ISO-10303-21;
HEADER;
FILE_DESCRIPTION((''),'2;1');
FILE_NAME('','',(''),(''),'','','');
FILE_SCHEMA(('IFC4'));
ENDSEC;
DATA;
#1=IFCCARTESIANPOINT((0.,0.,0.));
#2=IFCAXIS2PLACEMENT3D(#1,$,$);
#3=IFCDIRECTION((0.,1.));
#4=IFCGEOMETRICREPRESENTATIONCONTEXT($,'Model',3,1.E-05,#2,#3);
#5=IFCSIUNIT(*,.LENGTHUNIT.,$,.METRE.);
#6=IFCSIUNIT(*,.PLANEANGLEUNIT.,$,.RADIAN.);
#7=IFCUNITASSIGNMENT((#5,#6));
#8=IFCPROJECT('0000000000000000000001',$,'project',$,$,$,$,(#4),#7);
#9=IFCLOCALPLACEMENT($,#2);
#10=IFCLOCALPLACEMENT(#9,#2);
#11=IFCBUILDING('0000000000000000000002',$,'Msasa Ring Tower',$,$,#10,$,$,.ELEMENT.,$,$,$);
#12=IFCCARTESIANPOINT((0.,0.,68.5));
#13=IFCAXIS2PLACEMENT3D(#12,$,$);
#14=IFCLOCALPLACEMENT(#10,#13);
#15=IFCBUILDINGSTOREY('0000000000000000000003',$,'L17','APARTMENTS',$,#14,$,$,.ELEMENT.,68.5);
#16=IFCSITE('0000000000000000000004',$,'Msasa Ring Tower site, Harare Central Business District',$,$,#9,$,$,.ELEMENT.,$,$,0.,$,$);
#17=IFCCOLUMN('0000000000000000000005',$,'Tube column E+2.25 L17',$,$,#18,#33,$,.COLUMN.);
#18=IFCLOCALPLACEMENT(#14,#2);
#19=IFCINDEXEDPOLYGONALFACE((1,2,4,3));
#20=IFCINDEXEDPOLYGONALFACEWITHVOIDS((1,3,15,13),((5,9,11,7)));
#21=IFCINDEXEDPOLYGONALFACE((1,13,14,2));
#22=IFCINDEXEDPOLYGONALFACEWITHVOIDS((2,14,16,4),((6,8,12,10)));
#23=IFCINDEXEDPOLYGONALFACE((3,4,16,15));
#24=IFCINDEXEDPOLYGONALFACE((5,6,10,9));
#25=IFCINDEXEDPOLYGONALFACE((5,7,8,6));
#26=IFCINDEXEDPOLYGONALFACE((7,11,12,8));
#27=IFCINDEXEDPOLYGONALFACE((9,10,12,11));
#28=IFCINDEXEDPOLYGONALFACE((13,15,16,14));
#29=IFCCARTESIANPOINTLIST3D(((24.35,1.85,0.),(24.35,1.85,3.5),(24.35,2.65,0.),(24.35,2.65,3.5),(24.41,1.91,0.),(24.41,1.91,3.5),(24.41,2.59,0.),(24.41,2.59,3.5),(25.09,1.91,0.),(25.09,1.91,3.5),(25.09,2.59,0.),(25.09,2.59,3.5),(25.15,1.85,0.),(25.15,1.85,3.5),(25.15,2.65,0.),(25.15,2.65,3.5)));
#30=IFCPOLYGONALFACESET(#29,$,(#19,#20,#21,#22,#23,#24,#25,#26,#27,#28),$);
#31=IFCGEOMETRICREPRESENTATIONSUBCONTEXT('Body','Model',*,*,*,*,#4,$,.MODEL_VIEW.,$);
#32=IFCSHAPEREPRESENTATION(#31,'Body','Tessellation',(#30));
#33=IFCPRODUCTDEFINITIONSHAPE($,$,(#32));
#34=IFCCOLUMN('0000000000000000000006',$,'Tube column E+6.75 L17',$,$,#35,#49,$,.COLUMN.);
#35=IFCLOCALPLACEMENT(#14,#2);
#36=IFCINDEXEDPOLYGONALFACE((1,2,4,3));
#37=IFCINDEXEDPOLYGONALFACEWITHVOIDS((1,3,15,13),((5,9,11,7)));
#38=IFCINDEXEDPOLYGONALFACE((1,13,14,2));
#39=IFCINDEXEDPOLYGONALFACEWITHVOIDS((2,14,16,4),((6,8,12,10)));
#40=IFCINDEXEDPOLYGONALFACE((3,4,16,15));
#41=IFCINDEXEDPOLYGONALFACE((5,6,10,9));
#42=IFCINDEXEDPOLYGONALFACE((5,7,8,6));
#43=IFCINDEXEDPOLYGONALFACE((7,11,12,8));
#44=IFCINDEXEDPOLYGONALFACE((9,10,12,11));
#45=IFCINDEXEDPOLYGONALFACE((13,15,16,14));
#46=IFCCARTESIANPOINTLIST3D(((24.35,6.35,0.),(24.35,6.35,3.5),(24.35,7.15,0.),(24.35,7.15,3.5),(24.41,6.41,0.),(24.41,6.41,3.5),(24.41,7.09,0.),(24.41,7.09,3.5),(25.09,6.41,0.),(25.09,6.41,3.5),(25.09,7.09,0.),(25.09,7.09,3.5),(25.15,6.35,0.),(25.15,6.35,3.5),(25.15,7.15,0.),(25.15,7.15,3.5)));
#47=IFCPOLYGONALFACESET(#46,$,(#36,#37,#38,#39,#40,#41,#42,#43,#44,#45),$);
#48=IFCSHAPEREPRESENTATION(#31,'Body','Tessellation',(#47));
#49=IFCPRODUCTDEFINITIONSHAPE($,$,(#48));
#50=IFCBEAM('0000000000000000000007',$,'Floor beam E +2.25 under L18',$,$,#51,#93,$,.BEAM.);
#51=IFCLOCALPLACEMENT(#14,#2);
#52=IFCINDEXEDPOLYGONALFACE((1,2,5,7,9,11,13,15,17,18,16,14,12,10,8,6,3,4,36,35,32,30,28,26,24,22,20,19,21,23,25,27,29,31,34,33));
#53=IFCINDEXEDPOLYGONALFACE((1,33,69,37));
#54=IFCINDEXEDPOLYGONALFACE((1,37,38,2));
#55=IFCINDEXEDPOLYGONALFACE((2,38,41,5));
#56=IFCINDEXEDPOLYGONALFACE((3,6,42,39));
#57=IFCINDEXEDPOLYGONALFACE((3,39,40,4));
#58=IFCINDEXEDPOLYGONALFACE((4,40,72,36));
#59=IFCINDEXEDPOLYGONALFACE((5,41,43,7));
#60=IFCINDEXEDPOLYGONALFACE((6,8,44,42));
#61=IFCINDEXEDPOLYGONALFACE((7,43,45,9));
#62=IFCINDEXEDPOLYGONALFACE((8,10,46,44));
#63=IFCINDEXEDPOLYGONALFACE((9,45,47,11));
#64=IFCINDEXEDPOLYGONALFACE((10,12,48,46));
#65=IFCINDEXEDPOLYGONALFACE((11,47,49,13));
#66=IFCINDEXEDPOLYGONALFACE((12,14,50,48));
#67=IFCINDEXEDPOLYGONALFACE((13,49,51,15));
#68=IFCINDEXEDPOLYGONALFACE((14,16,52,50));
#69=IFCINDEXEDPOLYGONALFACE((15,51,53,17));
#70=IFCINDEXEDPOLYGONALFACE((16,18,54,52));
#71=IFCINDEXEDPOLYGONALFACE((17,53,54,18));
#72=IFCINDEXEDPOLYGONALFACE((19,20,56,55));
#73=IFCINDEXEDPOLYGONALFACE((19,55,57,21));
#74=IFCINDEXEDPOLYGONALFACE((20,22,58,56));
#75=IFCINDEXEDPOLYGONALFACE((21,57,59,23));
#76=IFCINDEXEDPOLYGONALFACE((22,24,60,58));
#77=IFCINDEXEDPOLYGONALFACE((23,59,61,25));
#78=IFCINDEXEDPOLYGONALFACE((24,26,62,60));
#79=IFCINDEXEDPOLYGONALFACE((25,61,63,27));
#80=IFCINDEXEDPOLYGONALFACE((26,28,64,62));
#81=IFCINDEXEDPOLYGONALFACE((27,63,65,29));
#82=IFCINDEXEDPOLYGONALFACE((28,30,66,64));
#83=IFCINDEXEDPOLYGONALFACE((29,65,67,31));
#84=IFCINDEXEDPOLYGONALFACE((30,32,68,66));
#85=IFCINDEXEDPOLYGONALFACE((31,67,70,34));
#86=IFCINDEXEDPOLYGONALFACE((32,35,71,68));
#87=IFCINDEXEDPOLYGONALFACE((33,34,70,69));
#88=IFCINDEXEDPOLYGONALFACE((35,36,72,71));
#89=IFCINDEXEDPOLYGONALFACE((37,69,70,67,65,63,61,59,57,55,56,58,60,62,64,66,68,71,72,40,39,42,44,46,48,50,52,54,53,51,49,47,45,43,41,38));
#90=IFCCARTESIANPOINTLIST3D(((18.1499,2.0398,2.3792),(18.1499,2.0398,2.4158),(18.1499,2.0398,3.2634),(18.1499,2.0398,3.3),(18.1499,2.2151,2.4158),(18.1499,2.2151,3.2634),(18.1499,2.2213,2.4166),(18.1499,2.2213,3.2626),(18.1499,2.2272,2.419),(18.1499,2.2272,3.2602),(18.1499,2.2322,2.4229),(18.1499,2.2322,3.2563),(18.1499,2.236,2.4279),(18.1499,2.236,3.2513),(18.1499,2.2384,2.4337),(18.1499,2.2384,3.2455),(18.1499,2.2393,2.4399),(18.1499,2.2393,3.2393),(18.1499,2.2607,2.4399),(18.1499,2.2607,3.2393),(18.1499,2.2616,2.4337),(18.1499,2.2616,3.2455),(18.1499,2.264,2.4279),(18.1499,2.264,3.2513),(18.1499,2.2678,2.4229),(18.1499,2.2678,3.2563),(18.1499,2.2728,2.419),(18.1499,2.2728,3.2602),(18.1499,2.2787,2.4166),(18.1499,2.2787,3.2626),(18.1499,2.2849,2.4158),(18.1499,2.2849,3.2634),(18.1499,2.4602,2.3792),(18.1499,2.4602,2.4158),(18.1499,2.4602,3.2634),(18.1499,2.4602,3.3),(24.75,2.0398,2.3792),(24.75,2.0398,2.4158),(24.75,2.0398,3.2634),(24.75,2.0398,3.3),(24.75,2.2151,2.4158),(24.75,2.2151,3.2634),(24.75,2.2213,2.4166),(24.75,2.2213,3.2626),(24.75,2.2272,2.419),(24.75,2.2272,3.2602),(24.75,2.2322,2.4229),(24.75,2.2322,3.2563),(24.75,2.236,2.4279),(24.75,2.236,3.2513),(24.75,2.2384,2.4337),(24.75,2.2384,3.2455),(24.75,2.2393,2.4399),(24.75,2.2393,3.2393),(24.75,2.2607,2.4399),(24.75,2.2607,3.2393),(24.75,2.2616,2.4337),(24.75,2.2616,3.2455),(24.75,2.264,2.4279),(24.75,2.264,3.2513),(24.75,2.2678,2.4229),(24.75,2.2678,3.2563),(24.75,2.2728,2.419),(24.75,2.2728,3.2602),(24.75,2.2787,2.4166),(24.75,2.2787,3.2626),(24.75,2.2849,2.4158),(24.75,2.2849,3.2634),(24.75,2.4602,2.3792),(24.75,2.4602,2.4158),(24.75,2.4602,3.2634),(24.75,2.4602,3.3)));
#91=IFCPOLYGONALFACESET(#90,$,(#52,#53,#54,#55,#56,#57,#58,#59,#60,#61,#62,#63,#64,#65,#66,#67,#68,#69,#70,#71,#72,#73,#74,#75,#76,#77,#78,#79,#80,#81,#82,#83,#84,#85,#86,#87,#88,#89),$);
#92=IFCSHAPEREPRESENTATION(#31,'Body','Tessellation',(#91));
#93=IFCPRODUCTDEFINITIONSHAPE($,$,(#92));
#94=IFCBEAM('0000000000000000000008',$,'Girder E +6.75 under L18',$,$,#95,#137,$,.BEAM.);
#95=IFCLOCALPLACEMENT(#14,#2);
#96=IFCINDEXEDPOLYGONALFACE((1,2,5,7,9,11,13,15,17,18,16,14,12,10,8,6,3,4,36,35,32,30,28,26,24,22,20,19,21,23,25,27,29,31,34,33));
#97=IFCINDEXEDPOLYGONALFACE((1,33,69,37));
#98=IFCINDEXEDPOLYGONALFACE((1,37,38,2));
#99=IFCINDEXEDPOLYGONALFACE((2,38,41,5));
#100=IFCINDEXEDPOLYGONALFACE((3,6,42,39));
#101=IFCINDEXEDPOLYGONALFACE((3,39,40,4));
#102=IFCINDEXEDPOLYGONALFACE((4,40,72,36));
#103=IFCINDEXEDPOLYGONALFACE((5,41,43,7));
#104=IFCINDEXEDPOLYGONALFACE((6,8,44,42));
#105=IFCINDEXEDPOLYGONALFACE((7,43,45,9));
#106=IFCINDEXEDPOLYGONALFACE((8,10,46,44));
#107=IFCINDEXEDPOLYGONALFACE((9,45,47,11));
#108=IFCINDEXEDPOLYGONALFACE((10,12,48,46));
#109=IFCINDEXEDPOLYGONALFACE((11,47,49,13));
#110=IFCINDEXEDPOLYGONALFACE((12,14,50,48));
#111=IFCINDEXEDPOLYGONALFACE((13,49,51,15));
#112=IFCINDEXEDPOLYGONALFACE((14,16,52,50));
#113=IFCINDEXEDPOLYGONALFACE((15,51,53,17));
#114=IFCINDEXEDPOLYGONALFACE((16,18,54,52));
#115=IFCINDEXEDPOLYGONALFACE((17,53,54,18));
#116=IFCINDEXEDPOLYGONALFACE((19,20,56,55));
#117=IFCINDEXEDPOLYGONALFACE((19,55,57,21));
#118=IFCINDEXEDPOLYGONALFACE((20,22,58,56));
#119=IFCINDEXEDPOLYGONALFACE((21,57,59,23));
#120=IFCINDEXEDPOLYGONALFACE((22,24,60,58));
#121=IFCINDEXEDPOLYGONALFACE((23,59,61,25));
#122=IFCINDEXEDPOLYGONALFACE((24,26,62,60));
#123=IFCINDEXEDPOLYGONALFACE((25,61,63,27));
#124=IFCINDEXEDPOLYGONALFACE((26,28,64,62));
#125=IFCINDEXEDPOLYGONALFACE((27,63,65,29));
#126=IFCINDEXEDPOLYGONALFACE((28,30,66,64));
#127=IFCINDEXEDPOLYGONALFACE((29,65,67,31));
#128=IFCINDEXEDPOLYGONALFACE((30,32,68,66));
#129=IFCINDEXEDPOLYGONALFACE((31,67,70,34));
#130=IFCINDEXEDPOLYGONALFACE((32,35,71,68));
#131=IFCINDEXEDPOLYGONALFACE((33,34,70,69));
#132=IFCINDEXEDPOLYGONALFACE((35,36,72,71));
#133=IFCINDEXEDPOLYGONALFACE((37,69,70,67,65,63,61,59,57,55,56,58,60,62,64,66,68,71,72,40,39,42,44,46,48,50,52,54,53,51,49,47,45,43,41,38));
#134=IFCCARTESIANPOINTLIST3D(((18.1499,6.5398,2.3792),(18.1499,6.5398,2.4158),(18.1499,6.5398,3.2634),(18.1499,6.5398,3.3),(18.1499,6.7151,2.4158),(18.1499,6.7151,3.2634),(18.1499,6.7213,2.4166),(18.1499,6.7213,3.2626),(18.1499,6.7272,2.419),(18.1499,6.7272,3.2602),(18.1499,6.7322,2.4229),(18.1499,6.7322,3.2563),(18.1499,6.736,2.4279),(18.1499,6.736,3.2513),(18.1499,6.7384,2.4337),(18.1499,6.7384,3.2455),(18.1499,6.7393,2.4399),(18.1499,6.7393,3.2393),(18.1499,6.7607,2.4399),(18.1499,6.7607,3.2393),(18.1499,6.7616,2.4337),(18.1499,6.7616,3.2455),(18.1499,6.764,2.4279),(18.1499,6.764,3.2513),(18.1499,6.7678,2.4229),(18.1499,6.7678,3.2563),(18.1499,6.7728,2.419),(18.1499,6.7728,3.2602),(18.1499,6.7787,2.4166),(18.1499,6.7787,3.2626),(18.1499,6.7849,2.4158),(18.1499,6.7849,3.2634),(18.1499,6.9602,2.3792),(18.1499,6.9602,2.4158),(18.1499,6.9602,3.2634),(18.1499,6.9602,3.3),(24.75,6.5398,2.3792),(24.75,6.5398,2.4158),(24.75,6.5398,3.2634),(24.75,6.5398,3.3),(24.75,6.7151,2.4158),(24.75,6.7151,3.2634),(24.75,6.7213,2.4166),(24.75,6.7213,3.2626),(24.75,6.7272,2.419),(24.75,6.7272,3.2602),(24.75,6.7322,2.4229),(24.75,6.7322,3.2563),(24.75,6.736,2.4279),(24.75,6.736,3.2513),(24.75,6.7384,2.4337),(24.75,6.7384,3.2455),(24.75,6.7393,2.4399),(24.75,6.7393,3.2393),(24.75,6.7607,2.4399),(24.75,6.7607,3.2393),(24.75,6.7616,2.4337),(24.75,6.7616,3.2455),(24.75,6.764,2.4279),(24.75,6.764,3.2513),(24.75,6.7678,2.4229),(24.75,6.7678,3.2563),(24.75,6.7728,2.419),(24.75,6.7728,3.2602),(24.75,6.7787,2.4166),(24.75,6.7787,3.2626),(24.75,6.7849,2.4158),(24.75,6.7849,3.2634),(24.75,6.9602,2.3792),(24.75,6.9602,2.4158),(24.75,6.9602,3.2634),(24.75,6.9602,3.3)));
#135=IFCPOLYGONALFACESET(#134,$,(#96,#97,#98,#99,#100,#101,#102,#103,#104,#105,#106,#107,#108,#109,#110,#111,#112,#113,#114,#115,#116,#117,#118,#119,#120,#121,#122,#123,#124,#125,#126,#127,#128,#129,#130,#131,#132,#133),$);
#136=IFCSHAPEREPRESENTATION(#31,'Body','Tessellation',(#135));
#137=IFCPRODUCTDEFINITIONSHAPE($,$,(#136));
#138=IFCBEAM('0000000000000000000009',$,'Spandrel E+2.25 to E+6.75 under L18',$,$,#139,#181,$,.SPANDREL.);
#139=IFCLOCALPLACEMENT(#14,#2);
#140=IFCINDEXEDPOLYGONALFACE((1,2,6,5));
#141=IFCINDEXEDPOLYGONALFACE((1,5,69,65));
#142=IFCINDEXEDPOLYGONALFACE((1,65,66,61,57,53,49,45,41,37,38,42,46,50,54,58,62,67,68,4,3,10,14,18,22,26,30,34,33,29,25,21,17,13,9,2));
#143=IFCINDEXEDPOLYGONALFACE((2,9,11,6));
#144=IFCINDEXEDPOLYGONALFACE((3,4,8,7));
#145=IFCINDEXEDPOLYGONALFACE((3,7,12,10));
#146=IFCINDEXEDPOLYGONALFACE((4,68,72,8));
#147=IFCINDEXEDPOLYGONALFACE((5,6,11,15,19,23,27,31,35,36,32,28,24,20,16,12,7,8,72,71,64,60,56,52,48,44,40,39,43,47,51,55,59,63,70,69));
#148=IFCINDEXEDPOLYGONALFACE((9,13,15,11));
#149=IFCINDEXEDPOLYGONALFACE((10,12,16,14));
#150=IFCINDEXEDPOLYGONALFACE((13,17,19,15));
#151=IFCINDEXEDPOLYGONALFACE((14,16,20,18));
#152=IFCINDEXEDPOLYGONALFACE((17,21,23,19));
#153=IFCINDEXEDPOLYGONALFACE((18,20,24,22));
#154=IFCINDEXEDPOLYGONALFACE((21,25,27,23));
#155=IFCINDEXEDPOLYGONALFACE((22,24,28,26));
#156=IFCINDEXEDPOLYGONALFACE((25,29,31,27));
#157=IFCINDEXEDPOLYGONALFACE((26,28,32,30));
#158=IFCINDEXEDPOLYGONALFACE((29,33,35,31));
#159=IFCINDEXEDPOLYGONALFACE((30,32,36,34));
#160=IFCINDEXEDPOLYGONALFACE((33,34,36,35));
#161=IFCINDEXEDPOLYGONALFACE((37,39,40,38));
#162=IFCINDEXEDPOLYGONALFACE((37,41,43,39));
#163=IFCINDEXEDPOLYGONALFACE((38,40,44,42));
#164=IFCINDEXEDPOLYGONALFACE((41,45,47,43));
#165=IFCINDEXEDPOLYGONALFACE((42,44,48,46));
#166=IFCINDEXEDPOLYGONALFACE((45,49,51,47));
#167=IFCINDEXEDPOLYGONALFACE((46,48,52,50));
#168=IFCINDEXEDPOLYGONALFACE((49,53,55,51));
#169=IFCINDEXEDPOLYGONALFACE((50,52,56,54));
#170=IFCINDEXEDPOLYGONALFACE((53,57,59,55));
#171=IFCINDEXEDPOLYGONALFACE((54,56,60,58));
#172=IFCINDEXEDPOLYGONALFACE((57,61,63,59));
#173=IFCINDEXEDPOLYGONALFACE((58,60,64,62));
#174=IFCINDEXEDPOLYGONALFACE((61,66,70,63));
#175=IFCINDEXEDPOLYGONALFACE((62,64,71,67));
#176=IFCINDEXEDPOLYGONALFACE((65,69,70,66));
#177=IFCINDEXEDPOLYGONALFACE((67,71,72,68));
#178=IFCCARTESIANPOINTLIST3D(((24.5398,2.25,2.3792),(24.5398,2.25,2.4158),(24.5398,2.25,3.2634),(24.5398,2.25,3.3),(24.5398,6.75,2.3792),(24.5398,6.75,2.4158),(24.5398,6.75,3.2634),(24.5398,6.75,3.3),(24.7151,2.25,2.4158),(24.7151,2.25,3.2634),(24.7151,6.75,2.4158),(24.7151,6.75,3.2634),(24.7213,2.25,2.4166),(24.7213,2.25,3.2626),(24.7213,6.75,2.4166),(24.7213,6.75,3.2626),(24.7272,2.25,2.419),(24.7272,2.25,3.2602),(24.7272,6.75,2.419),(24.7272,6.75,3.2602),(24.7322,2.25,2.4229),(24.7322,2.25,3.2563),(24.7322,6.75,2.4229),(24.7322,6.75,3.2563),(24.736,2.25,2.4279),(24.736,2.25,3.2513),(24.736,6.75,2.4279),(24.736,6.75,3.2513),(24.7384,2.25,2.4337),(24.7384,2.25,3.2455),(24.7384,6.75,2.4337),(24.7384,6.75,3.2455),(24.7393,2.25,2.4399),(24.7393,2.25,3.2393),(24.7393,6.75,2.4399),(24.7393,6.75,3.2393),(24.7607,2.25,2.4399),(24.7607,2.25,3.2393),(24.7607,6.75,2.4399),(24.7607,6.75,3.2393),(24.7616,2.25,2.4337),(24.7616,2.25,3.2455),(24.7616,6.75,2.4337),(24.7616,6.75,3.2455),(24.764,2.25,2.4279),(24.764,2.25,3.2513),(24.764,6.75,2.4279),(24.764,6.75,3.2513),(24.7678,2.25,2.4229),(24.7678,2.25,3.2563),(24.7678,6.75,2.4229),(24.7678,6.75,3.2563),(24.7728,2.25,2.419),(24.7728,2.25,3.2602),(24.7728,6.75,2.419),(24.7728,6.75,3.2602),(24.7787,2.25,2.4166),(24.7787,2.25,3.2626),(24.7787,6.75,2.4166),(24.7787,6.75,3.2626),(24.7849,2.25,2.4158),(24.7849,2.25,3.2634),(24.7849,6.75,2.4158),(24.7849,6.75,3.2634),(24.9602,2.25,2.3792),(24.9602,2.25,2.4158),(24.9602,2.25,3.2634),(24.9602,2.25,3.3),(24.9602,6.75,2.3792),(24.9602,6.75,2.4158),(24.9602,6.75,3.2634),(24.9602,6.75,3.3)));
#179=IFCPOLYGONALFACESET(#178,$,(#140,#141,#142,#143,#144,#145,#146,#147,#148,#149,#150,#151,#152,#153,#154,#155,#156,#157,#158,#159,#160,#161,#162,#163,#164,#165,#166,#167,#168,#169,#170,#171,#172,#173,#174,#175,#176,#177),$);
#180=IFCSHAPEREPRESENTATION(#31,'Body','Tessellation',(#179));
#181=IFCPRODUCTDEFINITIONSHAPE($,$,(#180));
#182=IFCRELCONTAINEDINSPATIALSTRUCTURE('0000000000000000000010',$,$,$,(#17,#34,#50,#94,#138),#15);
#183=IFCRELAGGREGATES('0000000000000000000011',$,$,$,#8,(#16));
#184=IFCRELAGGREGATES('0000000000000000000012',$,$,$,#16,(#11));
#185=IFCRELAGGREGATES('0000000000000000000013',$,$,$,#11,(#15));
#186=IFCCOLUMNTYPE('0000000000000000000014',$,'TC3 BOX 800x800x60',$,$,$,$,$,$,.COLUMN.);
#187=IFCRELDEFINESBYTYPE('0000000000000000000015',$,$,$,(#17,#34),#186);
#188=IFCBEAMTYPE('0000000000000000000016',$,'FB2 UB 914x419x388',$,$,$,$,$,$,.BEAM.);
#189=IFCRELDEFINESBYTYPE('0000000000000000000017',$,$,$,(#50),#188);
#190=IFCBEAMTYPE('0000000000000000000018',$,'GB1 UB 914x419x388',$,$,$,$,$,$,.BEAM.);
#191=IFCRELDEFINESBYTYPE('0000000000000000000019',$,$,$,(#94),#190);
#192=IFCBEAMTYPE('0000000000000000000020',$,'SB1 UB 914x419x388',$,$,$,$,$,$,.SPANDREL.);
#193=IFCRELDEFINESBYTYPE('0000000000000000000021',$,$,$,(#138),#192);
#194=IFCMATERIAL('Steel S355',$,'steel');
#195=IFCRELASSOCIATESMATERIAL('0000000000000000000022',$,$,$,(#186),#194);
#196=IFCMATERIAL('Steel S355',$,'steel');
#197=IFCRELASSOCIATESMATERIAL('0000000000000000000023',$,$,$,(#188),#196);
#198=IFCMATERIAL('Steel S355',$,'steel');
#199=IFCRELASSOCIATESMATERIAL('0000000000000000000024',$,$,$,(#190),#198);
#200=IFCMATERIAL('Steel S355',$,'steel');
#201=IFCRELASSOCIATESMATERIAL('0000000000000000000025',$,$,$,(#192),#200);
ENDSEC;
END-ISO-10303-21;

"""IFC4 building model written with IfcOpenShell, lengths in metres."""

from ifc_helpers import new_model, si_unit, direction, frame, origin, origin_2d, place, context, subcontext, project, spatial, hollow_rectangle, i_section, extrude, material, material_profile, profile_set, type_object, element, save


model = new_model("IFC4")

# Units and contexts
model_context = context("Model", 3, precision=1e-05, world=origin(), true_north=direction((0.0, 1.0)))
body_context = subcontext(model_context, "Body", "Model", "MODEL_VIEW")
ifc_project = project(units=[si_unit("LENGTHUNIT", "METRE"), si_unit("PLANEANGLEUNIT", "RADIAN")], contexts=[model_context])

# Site, building, storey
site_placement = place(None, origin())
site = spatial("IfcSite", under=ifc_project, at=site_placement, Name="Msasa Ring Tower site, Harare Central Business District", CompositionType="ELEMENT", RefElevation=0.0)
building_placement = place(site_placement, origin())
building = spatial("IfcBuilding", under=site, at=building_placement, Name="Msasa Ring Tower", CompositionType="ELEMENT")
storey_placement = place(building_placement, frame((0.0, 0.0, 68.5)))
storey = spatial("IfcBuildingStorey", under=building, at=storey_placement, Name="L17", Description="APARTMENTS", CompositionType="ELEMENT", Elevation=68.5)

# Columns
ifc_material_1 = material(Name="Steel S355", Category="steel")
ifc_material_profile_1 = material_profile(ifc_material_1, hollow_rectangle(XDim=0.8, YDim=0.8, WallThickness=0.0601, at=origin_2d()), Name="BOX 800x800x60")
ifc_profile_set_1 = profile_set([ifc_material_profile_1], Name="Steel S355")
column_type = type_object("IfcColumnType", Name="TC3 BOX 800x800x60", PredefinedType="COLUMN", material=ifc_profile_set_1)
for number, where, z_axis, x_axis, name in (
    (1, (24.75, 2.25, 0.0), (0.0, 0.0, 1.0), (1.0, 0.0, 0.0), "Tube column E+2.25 L17"),
    (2, (24.75, 6.75, 0.0), (0.0, 0.0, 1.0), (1.0, 0.0, 0.0), "Tube column E+6.75 L17"),
):
    element("IfcColumn", number, at=place(storey_placement, frame(where, z_axis=z_axis, x_axis=x_axis)), inside=storey, type_object=column_type, Name=name, PredefinedType="COLUMN", context=body_context, shape_type="SweptSolid", body=[
        extrude(hollow_rectangle(XDim=0.8, YDim=0.8, WallThickness=0.0601, at=origin_2d()), origin(), (0.0, 0.0, 1.0), 3.5),
    ])

# Beams
ifc_material_2 = material(Name="Steel S355", Category="steel")
ifc_material_profile_2 = material_profile(ifc_material_2, i_section(OverallWidth=0.4204, OverallDepth=0.9209, WebThickness=0.0215, FlangeThickness=0.0366, FilletRadius=0.0242, at=origin_2d()), Name="UB 914x419x388")
ifc_profile_set_2 = profile_set([ifc_material_profile_2], Name="Steel S355")
beam_type_1 = type_object("IfcBeamType", Name="FB2 UB 914x419x388", PredefinedType="BEAM", material=ifc_profile_set_2)
beam_1_placement = place(storey_placement, frame((24.75, 2.25, 2.8396), z_axis=(-1.0, 0.0, 0.0), x_axis=(0.0, -1.0, 0.0)))
element("IfcBeam", 3, at=beam_1_placement, inside=storey, type_object=beam_type_1, Name="Floor beam E +2.25 under L18", PredefinedType="BEAM", context=body_context, shape_type="SweptSolid", body=[
    extrude(i_section(OverallWidth=0.4204, OverallDepth=0.9209, WebThickness=0.0215, FlangeThickness=0.0366, FilletRadius=0.0242, at=origin_2d()), origin(), (0.0, 0.0, 1.0), 6.6001),
])
ifc_material_3 = material(Name="Steel S355", Category="steel")
ifc_material_profile_3 = material_profile(ifc_material_3, i_section(OverallWidth=0.4204, OverallDepth=0.9209, WebThickness=0.0215, FlangeThickness=0.0366, FilletRadius=0.0242, at=origin_2d()), Name="UB 914x419x388")
ifc_profile_set_3 = profile_set([ifc_material_profile_3], Name="Steel S355")
beam_type_2 = type_object("IfcBeamType", Name="GB1 UB 914x419x388", PredefinedType="BEAM", material=ifc_profile_set_3)
beam_2_placement = place(storey_placement, frame((18.1499, 6.75, 2.8396), z_axis=(1.0, 0.0, 0.0), x_axis=(0.0, 1.0, 0.0)))
element("IfcBeam", 4, at=beam_2_placement, inside=storey, type_object=beam_type_2, Name="Girder E +6.75 under L18", PredefinedType="BEAM", context=body_context, shape_type="SweptSolid", body=[
    extrude(i_section(OverallWidth=0.4204, OverallDepth=0.9209, WebThickness=0.0215, FlangeThickness=0.0366, FilletRadius=0.0242, at=origin_2d()), origin(), (0.0, 0.0, 1.0), 6.6001),
])
ifc_material_4 = material(Name="Steel S355", Category="steel")
ifc_material_profile_4 = material_profile(ifc_material_4, i_section(OverallWidth=0.4204, OverallDepth=0.9209, WebThickness=0.0215, FlangeThickness=0.0366, FilletRadius=0.0242, at=origin_2d()), Name="UB 914x419x388")
ifc_profile_set_4 = profile_set([ifc_material_profile_4], Name="Steel S355")
beam_type_3 = type_object("IfcBeamType", Name="SB1 UB 914x419x388", PredefinedType="SPANDREL", material=ifc_profile_set_4)
for number, where, z_axis, x_axis, name in (
    (5, (24.75, 2.25, 2.8396), (0.0, 1.0, 0.0), (-1.0, 0.0, 0.0), "Spandrel E+2.25 to E+6.75 under L18"),
):
    element("IfcBeam", number, at=place(storey_placement, frame(where, z_axis=z_axis, x_axis=x_axis)), inside=storey, type_object=beam_type_3, Name=name, PredefinedType="SPANDREL", context=body_context, shape_type="SweptSolid", body=[
        extrude(i_section(OverallWidth=0.4204, OverallDepth=0.9209, WebThickness=0.0215, FlangeThickness=0.0366, FilletRadius=0.0242, at=origin_2d()), origin(), (0.0, 0.0, 1.0), 4.5),
    ])

save(model, "model.ifc")
